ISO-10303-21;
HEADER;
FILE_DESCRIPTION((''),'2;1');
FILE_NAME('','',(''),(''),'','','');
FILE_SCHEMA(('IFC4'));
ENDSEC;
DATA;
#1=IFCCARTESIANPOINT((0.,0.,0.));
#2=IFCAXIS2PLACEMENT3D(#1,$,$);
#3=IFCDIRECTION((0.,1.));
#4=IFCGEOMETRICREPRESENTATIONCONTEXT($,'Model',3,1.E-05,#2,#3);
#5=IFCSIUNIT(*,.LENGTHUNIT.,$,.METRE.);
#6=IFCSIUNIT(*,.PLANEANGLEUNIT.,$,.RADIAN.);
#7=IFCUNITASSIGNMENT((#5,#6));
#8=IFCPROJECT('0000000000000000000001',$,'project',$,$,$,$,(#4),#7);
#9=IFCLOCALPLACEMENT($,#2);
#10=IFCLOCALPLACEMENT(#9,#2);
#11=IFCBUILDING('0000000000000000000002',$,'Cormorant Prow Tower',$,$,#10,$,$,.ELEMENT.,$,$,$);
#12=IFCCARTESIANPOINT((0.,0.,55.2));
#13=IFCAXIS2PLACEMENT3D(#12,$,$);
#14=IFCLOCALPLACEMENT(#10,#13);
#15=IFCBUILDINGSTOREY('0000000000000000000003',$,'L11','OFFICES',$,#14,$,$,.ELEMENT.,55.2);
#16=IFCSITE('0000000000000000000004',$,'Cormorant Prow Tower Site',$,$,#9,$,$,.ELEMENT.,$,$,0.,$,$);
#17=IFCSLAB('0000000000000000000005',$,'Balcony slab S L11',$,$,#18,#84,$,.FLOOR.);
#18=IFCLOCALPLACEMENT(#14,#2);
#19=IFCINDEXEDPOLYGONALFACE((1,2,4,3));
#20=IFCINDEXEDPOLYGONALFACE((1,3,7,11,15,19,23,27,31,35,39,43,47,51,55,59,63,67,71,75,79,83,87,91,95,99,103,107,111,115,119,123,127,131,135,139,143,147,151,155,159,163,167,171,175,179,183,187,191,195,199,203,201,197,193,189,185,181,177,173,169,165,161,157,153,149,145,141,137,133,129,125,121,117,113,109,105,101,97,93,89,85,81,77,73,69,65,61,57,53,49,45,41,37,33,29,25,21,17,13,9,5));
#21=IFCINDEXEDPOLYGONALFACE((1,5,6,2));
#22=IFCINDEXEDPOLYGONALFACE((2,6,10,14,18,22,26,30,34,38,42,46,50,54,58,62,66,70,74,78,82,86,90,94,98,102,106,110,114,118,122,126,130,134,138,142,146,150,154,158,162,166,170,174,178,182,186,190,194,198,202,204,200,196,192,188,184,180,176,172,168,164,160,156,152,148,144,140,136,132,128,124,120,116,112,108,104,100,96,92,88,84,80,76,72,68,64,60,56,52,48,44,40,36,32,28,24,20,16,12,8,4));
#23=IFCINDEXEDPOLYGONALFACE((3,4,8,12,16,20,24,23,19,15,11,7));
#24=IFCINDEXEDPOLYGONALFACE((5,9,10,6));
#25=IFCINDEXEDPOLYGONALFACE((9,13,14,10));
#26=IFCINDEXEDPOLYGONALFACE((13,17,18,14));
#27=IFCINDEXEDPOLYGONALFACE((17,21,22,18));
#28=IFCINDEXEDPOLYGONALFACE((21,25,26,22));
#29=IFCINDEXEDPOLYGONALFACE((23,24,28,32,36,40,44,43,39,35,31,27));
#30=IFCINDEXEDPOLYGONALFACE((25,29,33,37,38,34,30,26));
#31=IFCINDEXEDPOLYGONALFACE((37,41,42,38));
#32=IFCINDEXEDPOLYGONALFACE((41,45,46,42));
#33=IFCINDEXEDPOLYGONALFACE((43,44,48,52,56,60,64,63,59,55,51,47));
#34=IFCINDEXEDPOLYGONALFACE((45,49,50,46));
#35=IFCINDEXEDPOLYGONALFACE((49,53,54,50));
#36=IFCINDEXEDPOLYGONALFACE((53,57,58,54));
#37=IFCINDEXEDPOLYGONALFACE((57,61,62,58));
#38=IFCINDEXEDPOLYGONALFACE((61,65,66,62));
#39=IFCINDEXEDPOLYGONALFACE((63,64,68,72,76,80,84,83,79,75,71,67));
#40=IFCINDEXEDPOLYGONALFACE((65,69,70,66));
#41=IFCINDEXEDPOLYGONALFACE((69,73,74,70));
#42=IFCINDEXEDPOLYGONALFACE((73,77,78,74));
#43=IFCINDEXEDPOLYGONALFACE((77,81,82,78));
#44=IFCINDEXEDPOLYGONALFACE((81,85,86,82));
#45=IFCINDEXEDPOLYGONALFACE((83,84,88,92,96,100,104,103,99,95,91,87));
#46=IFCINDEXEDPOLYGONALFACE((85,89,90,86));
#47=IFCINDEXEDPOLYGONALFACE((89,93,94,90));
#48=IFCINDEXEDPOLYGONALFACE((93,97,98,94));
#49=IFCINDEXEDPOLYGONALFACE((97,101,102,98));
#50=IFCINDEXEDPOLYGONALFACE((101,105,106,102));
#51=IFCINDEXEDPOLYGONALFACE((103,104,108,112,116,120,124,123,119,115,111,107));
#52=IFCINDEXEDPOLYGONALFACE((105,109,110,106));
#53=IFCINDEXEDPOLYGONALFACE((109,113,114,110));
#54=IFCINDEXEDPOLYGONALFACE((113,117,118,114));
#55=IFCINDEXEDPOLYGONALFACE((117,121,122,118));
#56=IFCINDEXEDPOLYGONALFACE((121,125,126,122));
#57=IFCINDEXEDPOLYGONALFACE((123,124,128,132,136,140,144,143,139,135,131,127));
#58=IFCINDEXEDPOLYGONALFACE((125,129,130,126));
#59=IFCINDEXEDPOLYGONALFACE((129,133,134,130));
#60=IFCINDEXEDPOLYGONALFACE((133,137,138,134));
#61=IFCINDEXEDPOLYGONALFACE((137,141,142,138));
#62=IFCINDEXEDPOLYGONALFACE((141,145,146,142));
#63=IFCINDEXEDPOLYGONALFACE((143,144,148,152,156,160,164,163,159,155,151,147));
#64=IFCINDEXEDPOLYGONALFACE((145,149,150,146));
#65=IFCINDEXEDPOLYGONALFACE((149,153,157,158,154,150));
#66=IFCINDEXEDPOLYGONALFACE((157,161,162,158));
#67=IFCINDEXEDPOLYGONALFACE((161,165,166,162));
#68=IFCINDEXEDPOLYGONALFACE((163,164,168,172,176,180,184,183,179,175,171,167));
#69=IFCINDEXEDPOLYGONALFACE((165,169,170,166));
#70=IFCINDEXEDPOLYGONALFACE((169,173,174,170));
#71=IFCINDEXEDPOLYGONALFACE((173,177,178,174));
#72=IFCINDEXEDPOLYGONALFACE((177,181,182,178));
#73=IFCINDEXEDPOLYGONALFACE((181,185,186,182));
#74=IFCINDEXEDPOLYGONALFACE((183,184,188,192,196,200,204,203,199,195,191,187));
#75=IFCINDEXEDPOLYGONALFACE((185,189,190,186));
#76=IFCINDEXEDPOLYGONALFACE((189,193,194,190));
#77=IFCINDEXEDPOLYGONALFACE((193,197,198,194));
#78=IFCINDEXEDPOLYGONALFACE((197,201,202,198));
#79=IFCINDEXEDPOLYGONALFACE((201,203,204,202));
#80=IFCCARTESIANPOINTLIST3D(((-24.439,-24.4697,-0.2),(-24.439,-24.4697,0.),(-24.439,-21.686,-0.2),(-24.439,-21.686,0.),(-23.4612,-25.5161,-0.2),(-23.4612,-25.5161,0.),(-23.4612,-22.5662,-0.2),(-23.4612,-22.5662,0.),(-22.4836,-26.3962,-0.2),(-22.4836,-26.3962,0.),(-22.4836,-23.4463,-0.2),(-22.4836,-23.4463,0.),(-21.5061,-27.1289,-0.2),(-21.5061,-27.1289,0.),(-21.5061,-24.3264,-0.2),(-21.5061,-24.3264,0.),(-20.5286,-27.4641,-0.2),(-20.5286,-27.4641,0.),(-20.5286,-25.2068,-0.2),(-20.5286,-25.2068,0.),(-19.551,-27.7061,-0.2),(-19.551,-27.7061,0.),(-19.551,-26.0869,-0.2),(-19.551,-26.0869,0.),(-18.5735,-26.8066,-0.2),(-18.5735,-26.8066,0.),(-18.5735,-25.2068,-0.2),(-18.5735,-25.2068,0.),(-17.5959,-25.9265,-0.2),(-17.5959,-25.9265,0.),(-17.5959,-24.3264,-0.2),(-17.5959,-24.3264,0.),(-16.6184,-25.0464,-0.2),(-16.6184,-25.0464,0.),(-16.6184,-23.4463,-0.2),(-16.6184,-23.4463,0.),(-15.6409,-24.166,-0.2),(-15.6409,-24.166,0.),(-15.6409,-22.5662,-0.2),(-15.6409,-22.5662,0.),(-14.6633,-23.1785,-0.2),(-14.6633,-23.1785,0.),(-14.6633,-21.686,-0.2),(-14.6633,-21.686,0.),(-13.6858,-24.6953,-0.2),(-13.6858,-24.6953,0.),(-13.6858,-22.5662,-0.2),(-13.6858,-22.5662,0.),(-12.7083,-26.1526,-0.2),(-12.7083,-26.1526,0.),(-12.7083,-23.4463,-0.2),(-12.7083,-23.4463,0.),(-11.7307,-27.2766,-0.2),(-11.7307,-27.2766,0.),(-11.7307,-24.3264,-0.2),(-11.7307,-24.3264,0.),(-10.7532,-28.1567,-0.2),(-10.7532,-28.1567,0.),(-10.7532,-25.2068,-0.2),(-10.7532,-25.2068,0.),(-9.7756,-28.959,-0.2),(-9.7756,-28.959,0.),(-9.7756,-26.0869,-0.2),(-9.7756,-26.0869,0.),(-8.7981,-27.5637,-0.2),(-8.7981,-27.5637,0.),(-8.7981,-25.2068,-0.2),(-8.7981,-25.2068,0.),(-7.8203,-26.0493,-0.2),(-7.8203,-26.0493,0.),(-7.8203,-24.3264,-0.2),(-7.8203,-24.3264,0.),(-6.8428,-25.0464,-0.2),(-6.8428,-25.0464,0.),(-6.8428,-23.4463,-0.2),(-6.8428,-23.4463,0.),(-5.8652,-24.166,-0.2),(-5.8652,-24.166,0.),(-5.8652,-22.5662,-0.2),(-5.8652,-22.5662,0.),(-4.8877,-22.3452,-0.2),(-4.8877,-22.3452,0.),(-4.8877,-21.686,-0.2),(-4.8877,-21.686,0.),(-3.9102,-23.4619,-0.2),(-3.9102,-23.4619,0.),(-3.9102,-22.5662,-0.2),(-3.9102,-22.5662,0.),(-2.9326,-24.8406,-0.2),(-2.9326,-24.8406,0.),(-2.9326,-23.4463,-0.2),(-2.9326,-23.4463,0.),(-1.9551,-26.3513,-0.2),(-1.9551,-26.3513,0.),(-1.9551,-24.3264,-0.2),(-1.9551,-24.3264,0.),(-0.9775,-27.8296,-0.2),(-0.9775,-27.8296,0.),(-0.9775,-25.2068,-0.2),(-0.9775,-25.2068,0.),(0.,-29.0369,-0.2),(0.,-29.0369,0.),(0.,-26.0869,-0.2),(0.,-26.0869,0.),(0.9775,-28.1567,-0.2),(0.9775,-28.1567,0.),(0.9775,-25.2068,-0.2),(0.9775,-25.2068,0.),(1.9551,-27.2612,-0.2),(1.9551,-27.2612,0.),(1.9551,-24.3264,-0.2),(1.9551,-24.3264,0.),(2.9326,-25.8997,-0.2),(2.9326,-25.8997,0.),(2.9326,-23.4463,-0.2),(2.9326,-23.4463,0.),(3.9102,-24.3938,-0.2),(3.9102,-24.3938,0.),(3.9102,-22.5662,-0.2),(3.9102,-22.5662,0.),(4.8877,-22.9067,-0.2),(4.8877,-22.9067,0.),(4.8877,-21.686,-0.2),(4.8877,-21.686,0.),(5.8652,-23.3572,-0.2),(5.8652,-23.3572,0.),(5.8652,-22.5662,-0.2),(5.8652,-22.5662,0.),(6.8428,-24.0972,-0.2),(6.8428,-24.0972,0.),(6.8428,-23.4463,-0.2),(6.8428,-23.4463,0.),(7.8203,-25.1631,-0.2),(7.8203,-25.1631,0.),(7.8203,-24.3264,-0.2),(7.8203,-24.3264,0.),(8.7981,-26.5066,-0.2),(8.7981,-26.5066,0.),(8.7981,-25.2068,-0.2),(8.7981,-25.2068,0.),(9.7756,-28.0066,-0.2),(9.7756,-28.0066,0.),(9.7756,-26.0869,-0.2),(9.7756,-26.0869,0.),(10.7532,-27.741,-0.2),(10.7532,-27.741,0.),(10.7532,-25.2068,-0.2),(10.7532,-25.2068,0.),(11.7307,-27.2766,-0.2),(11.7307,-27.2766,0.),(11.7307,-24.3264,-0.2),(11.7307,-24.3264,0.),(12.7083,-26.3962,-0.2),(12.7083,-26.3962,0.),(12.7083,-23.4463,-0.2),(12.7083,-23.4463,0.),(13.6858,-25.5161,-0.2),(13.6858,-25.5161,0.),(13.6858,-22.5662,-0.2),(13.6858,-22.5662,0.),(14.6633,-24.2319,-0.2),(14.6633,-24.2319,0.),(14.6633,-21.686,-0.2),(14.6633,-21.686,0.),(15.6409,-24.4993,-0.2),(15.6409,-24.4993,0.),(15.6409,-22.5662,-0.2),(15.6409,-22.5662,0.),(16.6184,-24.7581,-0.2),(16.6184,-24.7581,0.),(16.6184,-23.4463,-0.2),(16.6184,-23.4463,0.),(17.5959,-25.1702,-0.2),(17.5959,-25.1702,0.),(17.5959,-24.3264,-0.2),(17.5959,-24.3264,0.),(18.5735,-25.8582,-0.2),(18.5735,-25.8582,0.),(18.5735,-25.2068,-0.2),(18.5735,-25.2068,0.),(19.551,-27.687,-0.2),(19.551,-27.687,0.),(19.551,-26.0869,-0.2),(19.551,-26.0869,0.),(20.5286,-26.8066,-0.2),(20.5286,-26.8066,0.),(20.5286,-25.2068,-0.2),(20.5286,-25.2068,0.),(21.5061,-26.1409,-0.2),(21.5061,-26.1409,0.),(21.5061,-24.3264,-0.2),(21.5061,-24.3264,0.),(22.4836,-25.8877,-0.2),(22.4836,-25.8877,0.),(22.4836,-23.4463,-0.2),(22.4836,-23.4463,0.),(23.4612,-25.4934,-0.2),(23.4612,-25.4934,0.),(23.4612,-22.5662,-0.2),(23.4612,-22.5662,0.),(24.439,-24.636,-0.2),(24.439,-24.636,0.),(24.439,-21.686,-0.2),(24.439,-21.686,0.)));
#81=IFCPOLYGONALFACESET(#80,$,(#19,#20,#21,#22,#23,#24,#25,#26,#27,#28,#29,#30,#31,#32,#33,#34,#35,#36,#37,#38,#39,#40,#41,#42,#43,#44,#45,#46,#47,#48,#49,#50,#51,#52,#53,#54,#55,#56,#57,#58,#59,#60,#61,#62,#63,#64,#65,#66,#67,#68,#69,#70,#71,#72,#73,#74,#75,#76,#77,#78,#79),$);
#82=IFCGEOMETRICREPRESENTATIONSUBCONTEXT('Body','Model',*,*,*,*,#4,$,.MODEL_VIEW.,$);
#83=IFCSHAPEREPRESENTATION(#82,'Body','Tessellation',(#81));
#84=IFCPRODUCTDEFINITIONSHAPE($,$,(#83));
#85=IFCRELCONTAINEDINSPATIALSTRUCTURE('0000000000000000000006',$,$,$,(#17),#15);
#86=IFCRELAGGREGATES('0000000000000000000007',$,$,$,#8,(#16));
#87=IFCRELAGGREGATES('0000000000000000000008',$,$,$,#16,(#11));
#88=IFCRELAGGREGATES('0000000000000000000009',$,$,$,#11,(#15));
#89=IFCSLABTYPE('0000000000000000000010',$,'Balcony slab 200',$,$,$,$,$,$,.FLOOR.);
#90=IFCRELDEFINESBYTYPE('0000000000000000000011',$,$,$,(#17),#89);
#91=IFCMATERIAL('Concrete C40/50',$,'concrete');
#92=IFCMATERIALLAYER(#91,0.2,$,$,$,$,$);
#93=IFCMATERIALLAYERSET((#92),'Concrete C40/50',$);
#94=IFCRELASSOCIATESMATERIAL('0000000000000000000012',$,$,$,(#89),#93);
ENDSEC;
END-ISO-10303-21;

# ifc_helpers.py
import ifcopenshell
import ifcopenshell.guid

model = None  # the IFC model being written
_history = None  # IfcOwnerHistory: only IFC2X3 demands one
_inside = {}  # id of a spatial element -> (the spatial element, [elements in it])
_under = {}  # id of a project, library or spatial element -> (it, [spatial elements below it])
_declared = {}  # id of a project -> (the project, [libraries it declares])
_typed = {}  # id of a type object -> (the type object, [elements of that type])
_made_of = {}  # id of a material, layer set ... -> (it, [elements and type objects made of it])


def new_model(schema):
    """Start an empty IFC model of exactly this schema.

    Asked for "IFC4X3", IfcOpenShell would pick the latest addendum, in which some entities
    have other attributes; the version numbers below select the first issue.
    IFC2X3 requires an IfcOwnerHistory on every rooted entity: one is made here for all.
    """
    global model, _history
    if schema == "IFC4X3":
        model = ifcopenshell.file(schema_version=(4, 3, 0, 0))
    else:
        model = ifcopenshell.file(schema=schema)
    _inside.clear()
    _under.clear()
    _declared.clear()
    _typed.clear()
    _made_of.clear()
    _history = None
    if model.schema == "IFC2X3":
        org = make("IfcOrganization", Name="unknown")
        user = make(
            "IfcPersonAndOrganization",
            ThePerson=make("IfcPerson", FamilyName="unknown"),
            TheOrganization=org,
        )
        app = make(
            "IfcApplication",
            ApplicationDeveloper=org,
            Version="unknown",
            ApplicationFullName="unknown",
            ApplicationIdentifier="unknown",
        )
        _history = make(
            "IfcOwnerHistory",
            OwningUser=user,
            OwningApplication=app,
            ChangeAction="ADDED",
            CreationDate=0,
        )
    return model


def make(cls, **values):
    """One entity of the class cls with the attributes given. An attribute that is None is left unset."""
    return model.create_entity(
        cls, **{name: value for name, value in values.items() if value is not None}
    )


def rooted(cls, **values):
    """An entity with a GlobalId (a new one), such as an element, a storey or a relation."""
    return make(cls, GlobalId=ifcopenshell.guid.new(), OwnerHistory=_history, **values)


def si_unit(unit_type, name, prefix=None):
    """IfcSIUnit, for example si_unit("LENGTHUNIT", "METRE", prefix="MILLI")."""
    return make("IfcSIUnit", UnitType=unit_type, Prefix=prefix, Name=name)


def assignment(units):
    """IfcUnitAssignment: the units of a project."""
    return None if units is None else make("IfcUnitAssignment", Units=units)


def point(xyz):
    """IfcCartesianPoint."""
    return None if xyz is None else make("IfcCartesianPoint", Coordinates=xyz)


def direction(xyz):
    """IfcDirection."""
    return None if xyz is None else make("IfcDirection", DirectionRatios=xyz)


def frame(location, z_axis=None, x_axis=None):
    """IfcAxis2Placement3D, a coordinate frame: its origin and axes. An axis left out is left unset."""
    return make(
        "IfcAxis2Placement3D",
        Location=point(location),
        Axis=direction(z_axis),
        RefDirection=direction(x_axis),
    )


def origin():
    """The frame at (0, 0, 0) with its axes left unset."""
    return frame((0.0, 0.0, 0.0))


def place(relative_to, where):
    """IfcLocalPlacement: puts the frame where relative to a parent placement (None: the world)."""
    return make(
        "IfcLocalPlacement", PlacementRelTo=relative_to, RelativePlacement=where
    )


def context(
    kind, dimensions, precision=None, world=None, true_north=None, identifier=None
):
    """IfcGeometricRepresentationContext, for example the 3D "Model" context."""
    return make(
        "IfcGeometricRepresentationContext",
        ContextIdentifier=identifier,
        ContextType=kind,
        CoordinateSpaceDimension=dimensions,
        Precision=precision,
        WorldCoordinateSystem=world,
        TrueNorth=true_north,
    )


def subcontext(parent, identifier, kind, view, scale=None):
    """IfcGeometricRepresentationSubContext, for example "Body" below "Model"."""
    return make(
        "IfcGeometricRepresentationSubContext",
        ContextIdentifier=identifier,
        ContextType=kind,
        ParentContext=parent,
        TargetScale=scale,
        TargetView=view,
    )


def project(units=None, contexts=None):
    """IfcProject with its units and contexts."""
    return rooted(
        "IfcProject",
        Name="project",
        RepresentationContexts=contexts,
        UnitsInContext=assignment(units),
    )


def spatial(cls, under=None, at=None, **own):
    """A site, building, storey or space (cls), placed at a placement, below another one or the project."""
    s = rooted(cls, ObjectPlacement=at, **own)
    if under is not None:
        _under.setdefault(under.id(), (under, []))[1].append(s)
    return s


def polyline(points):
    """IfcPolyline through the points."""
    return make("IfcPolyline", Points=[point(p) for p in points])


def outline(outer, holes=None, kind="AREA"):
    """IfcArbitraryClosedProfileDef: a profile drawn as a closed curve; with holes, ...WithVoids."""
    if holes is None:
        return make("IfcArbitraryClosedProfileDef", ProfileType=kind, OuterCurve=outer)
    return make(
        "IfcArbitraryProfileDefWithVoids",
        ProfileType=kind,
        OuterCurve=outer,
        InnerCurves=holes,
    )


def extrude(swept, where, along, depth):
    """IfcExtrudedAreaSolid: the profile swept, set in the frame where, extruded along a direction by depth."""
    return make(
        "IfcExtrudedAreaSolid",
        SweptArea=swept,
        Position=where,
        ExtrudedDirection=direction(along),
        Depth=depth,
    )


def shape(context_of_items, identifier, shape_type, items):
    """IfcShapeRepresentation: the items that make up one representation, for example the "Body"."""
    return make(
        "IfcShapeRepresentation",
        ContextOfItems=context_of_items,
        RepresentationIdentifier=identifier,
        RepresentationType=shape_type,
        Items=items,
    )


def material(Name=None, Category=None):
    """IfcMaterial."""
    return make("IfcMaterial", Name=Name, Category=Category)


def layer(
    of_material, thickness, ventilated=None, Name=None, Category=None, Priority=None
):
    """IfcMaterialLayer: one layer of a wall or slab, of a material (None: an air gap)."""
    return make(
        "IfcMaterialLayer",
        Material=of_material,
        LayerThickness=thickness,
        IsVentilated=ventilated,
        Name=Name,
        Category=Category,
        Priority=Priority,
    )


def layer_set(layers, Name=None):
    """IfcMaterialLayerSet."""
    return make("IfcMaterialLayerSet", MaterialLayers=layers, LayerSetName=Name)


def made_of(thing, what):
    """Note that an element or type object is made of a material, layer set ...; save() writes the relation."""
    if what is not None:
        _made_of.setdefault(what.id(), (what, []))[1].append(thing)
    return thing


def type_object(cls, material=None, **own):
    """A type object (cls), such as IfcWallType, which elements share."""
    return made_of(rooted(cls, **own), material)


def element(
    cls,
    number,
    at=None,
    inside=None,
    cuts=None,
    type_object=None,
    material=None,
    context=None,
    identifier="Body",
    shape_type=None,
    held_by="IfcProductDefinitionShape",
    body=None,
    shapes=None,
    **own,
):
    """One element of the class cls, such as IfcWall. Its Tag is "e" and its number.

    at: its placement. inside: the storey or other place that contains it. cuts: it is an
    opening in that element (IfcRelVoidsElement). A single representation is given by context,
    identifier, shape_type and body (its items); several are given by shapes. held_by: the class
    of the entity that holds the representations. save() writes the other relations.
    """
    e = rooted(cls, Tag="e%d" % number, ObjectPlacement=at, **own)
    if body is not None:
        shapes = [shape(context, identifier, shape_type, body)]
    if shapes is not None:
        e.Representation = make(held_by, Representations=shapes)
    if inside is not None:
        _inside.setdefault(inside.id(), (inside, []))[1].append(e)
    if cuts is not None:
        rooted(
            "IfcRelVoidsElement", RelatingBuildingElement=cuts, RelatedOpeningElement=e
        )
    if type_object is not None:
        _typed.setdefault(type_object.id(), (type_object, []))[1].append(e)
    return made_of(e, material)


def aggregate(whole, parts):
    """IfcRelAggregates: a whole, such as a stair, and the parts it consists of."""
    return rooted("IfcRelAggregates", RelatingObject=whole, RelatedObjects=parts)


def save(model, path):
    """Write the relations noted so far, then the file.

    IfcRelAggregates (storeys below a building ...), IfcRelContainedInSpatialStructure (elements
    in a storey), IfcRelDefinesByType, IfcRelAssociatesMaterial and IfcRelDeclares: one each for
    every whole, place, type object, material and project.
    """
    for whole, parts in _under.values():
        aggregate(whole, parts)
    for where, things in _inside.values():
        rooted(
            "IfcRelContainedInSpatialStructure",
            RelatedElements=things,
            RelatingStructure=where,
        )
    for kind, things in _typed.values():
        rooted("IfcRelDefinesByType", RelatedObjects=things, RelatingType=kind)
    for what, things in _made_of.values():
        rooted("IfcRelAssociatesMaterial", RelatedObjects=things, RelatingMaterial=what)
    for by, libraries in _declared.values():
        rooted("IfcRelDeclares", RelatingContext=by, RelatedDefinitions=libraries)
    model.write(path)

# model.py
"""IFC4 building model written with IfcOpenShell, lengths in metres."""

from ifc_helpers import new_model, si_unit, direction, frame, origin, place, context, subcontext, project, spatial, polyline, outline, extrude, material, layer, layer_set, type_object, element, save


model = new_model("IFC4")

# Units and contexts
model_context = context("Model", 3, precision=1e-05, world=origin(), true_north=direction((0.0, 1.0)))
body_context = subcontext(model_context, "Body", "Model", "MODEL_VIEW")
ifc_project = project(units=[si_unit("LENGTHUNIT", "METRE"), si_unit("PLANEANGLEUNIT", "RADIAN")], contexts=[model_context])

# Site, building, storey
site_placement = place(None, origin())
site = spatial("IfcSite", under=ifc_project, at=site_placement, Name="Cormorant Prow Tower Site", CompositionType="ELEMENT", RefElevation=0.0)
building_placement = place(site_placement, origin())
building = spatial("IfcBuilding", under=site, at=building_placement, Name="Cormorant Prow Tower", CompositionType="ELEMENT")
storey_placement = place(building_placement, frame((0.0, 0.0, 55.2)))
storey = spatial("IfcBuildingStorey", under=building, at=storey_placement, Name="L11", Description="OFFICES", CompositionType="ELEMENT", Elevation=55.2)

# Slab
ifc_material_1 = material(Name="Concrete C40/50", Category="concrete")
ifc_layer_1 = layer(ifc_material_1, 0.2)
ifc_layer_set_1 = layer_set([ifc_layer_1], Name="Concrete C40/50")
slab_type_1 = type_object("IfcSlabType", Name="Balcony slab 200", PredefinedType="FLOOR", material=ifc_layer_set_1)
slab_1_placement = place(storey_placement, frame((0.0, 0.0, -0.2)))
element("IfcSlab", 1, at=slab_1_placement, inside=storey, type_object=slab_type_1, Name="Balcony slab S L11", PredefinedType="FLOOR", context=body_context, shape_type="SweptSolid", body=[
    extrude(outline(polyline([(-24.439, -21.686), (-24.439, -24.4697), (-23.4612, -25.5161), (-22.4836, -26.3962), (-21.5061, -27.1289), (-20.5286, -27.4641), (-19.551, -27.7061), (-18.5735, -26.8066), (-17.5959, -25.9265), (-16.6184, -25.0464), (-15.6409, -24.166), (-14.6633, -23.1785), (-13.6858, -24.6953), (-12.7083, -26.1526), (-11.7307, -27.2766), (-10.7532, -28.1567), (-9.7756, -28.959), (-8.7981, -27.5637), (-7.8203, -26.0493), (-6.8428, -25.0464), (-5.8652, -24.166), (-4.8877, -22.3452), (-3.9102, -23.4619), (-2.9326, -24.8406), (-1.9551, -26.3513), (-0.9775, -27.8296), (0.0, -29.0369), (0.9775, -28.1567), (1.9551, -27.2612), (2.9326, -25.8997), (3.9102, -24.3938), (4.8877, -22.9067), (5.8652, -23.3572), (6.8428, -24.0972), (7.8203, -25.1631), (8.7981, -26.5066), (9.7756, -28.0066), (10.7532, -27.741), (11.7307, -27.2766), (12.7083, -26.3962), (13.6858, -25.5161), (14.6633, -24.2319), (15.6409, -24.4993), (16.6184, -24.7581), (17.5959, -25.1702), (18.5735, -25.8582), (19.551, -27.687), (20.5286, -26.8066), (21.5061, -26.1409), (22.4836, -25.8877), (23.4612, -25.4934), (24.439, -24.636), (24.439, -21.686), (23.4612, -22.5662), (22.4836, -23.4463), (21.5061, -24.3264), (20.5286, -25.2068), (19.551, -26.0869), (18.5735, -25.2068), (17.5959, -24.3264), (16.6184, -23.4463), (15.6409, -22.5662), (14.6633, -21.686), (13.6858, -22.5662), (12.7083, -23.4463), (11.7307, -24.3264), (10.7532, -25.2068), (9.7756, -26.0869), (8.7981, -25.2068), (7.8203, -24.3264), (6.8428, -23.4463), (5.8652, -22.5662), (4.8877, -21.686), (3.9102, -22.5662), (2.9326, -23.4463), (1.9551, -24.3264), (0.9775, -25.2068), (0.0, -26.0869), (-0.9775, -25.2068), (-1.9551, -24.3264), (-2.9326, -23.4463), (-3.9102, -22.5662), (-4.8877, -21.686), (-5.8652, -22.5662), (-6.8428, -23.4463), (-7.8203, -24.3264), (-8.7981, -25.2068), (-9.7756, -26.0869), (-10.7532, -25.2068), (-11.7307, -24.3264), (-12.7083, -23.4463), (-13.6858, -22.5662), (-14.6633, -21.686), (-15.6409, -22.5662), (-16.6184, -23.4463), (-17.5959, -24.3264), (-18.5735, -25.2068), (-19.551, -26.0869), (-20.5286, -25.2068), (-21.5061, -24.3264), (-22.4836, -23.4463), (-23.4612, -22.5662), (-24.439, -21.686)])), origin(), (0.0, 0.0, 1.0), 0.2),
])

save(model, "model.ifc")
